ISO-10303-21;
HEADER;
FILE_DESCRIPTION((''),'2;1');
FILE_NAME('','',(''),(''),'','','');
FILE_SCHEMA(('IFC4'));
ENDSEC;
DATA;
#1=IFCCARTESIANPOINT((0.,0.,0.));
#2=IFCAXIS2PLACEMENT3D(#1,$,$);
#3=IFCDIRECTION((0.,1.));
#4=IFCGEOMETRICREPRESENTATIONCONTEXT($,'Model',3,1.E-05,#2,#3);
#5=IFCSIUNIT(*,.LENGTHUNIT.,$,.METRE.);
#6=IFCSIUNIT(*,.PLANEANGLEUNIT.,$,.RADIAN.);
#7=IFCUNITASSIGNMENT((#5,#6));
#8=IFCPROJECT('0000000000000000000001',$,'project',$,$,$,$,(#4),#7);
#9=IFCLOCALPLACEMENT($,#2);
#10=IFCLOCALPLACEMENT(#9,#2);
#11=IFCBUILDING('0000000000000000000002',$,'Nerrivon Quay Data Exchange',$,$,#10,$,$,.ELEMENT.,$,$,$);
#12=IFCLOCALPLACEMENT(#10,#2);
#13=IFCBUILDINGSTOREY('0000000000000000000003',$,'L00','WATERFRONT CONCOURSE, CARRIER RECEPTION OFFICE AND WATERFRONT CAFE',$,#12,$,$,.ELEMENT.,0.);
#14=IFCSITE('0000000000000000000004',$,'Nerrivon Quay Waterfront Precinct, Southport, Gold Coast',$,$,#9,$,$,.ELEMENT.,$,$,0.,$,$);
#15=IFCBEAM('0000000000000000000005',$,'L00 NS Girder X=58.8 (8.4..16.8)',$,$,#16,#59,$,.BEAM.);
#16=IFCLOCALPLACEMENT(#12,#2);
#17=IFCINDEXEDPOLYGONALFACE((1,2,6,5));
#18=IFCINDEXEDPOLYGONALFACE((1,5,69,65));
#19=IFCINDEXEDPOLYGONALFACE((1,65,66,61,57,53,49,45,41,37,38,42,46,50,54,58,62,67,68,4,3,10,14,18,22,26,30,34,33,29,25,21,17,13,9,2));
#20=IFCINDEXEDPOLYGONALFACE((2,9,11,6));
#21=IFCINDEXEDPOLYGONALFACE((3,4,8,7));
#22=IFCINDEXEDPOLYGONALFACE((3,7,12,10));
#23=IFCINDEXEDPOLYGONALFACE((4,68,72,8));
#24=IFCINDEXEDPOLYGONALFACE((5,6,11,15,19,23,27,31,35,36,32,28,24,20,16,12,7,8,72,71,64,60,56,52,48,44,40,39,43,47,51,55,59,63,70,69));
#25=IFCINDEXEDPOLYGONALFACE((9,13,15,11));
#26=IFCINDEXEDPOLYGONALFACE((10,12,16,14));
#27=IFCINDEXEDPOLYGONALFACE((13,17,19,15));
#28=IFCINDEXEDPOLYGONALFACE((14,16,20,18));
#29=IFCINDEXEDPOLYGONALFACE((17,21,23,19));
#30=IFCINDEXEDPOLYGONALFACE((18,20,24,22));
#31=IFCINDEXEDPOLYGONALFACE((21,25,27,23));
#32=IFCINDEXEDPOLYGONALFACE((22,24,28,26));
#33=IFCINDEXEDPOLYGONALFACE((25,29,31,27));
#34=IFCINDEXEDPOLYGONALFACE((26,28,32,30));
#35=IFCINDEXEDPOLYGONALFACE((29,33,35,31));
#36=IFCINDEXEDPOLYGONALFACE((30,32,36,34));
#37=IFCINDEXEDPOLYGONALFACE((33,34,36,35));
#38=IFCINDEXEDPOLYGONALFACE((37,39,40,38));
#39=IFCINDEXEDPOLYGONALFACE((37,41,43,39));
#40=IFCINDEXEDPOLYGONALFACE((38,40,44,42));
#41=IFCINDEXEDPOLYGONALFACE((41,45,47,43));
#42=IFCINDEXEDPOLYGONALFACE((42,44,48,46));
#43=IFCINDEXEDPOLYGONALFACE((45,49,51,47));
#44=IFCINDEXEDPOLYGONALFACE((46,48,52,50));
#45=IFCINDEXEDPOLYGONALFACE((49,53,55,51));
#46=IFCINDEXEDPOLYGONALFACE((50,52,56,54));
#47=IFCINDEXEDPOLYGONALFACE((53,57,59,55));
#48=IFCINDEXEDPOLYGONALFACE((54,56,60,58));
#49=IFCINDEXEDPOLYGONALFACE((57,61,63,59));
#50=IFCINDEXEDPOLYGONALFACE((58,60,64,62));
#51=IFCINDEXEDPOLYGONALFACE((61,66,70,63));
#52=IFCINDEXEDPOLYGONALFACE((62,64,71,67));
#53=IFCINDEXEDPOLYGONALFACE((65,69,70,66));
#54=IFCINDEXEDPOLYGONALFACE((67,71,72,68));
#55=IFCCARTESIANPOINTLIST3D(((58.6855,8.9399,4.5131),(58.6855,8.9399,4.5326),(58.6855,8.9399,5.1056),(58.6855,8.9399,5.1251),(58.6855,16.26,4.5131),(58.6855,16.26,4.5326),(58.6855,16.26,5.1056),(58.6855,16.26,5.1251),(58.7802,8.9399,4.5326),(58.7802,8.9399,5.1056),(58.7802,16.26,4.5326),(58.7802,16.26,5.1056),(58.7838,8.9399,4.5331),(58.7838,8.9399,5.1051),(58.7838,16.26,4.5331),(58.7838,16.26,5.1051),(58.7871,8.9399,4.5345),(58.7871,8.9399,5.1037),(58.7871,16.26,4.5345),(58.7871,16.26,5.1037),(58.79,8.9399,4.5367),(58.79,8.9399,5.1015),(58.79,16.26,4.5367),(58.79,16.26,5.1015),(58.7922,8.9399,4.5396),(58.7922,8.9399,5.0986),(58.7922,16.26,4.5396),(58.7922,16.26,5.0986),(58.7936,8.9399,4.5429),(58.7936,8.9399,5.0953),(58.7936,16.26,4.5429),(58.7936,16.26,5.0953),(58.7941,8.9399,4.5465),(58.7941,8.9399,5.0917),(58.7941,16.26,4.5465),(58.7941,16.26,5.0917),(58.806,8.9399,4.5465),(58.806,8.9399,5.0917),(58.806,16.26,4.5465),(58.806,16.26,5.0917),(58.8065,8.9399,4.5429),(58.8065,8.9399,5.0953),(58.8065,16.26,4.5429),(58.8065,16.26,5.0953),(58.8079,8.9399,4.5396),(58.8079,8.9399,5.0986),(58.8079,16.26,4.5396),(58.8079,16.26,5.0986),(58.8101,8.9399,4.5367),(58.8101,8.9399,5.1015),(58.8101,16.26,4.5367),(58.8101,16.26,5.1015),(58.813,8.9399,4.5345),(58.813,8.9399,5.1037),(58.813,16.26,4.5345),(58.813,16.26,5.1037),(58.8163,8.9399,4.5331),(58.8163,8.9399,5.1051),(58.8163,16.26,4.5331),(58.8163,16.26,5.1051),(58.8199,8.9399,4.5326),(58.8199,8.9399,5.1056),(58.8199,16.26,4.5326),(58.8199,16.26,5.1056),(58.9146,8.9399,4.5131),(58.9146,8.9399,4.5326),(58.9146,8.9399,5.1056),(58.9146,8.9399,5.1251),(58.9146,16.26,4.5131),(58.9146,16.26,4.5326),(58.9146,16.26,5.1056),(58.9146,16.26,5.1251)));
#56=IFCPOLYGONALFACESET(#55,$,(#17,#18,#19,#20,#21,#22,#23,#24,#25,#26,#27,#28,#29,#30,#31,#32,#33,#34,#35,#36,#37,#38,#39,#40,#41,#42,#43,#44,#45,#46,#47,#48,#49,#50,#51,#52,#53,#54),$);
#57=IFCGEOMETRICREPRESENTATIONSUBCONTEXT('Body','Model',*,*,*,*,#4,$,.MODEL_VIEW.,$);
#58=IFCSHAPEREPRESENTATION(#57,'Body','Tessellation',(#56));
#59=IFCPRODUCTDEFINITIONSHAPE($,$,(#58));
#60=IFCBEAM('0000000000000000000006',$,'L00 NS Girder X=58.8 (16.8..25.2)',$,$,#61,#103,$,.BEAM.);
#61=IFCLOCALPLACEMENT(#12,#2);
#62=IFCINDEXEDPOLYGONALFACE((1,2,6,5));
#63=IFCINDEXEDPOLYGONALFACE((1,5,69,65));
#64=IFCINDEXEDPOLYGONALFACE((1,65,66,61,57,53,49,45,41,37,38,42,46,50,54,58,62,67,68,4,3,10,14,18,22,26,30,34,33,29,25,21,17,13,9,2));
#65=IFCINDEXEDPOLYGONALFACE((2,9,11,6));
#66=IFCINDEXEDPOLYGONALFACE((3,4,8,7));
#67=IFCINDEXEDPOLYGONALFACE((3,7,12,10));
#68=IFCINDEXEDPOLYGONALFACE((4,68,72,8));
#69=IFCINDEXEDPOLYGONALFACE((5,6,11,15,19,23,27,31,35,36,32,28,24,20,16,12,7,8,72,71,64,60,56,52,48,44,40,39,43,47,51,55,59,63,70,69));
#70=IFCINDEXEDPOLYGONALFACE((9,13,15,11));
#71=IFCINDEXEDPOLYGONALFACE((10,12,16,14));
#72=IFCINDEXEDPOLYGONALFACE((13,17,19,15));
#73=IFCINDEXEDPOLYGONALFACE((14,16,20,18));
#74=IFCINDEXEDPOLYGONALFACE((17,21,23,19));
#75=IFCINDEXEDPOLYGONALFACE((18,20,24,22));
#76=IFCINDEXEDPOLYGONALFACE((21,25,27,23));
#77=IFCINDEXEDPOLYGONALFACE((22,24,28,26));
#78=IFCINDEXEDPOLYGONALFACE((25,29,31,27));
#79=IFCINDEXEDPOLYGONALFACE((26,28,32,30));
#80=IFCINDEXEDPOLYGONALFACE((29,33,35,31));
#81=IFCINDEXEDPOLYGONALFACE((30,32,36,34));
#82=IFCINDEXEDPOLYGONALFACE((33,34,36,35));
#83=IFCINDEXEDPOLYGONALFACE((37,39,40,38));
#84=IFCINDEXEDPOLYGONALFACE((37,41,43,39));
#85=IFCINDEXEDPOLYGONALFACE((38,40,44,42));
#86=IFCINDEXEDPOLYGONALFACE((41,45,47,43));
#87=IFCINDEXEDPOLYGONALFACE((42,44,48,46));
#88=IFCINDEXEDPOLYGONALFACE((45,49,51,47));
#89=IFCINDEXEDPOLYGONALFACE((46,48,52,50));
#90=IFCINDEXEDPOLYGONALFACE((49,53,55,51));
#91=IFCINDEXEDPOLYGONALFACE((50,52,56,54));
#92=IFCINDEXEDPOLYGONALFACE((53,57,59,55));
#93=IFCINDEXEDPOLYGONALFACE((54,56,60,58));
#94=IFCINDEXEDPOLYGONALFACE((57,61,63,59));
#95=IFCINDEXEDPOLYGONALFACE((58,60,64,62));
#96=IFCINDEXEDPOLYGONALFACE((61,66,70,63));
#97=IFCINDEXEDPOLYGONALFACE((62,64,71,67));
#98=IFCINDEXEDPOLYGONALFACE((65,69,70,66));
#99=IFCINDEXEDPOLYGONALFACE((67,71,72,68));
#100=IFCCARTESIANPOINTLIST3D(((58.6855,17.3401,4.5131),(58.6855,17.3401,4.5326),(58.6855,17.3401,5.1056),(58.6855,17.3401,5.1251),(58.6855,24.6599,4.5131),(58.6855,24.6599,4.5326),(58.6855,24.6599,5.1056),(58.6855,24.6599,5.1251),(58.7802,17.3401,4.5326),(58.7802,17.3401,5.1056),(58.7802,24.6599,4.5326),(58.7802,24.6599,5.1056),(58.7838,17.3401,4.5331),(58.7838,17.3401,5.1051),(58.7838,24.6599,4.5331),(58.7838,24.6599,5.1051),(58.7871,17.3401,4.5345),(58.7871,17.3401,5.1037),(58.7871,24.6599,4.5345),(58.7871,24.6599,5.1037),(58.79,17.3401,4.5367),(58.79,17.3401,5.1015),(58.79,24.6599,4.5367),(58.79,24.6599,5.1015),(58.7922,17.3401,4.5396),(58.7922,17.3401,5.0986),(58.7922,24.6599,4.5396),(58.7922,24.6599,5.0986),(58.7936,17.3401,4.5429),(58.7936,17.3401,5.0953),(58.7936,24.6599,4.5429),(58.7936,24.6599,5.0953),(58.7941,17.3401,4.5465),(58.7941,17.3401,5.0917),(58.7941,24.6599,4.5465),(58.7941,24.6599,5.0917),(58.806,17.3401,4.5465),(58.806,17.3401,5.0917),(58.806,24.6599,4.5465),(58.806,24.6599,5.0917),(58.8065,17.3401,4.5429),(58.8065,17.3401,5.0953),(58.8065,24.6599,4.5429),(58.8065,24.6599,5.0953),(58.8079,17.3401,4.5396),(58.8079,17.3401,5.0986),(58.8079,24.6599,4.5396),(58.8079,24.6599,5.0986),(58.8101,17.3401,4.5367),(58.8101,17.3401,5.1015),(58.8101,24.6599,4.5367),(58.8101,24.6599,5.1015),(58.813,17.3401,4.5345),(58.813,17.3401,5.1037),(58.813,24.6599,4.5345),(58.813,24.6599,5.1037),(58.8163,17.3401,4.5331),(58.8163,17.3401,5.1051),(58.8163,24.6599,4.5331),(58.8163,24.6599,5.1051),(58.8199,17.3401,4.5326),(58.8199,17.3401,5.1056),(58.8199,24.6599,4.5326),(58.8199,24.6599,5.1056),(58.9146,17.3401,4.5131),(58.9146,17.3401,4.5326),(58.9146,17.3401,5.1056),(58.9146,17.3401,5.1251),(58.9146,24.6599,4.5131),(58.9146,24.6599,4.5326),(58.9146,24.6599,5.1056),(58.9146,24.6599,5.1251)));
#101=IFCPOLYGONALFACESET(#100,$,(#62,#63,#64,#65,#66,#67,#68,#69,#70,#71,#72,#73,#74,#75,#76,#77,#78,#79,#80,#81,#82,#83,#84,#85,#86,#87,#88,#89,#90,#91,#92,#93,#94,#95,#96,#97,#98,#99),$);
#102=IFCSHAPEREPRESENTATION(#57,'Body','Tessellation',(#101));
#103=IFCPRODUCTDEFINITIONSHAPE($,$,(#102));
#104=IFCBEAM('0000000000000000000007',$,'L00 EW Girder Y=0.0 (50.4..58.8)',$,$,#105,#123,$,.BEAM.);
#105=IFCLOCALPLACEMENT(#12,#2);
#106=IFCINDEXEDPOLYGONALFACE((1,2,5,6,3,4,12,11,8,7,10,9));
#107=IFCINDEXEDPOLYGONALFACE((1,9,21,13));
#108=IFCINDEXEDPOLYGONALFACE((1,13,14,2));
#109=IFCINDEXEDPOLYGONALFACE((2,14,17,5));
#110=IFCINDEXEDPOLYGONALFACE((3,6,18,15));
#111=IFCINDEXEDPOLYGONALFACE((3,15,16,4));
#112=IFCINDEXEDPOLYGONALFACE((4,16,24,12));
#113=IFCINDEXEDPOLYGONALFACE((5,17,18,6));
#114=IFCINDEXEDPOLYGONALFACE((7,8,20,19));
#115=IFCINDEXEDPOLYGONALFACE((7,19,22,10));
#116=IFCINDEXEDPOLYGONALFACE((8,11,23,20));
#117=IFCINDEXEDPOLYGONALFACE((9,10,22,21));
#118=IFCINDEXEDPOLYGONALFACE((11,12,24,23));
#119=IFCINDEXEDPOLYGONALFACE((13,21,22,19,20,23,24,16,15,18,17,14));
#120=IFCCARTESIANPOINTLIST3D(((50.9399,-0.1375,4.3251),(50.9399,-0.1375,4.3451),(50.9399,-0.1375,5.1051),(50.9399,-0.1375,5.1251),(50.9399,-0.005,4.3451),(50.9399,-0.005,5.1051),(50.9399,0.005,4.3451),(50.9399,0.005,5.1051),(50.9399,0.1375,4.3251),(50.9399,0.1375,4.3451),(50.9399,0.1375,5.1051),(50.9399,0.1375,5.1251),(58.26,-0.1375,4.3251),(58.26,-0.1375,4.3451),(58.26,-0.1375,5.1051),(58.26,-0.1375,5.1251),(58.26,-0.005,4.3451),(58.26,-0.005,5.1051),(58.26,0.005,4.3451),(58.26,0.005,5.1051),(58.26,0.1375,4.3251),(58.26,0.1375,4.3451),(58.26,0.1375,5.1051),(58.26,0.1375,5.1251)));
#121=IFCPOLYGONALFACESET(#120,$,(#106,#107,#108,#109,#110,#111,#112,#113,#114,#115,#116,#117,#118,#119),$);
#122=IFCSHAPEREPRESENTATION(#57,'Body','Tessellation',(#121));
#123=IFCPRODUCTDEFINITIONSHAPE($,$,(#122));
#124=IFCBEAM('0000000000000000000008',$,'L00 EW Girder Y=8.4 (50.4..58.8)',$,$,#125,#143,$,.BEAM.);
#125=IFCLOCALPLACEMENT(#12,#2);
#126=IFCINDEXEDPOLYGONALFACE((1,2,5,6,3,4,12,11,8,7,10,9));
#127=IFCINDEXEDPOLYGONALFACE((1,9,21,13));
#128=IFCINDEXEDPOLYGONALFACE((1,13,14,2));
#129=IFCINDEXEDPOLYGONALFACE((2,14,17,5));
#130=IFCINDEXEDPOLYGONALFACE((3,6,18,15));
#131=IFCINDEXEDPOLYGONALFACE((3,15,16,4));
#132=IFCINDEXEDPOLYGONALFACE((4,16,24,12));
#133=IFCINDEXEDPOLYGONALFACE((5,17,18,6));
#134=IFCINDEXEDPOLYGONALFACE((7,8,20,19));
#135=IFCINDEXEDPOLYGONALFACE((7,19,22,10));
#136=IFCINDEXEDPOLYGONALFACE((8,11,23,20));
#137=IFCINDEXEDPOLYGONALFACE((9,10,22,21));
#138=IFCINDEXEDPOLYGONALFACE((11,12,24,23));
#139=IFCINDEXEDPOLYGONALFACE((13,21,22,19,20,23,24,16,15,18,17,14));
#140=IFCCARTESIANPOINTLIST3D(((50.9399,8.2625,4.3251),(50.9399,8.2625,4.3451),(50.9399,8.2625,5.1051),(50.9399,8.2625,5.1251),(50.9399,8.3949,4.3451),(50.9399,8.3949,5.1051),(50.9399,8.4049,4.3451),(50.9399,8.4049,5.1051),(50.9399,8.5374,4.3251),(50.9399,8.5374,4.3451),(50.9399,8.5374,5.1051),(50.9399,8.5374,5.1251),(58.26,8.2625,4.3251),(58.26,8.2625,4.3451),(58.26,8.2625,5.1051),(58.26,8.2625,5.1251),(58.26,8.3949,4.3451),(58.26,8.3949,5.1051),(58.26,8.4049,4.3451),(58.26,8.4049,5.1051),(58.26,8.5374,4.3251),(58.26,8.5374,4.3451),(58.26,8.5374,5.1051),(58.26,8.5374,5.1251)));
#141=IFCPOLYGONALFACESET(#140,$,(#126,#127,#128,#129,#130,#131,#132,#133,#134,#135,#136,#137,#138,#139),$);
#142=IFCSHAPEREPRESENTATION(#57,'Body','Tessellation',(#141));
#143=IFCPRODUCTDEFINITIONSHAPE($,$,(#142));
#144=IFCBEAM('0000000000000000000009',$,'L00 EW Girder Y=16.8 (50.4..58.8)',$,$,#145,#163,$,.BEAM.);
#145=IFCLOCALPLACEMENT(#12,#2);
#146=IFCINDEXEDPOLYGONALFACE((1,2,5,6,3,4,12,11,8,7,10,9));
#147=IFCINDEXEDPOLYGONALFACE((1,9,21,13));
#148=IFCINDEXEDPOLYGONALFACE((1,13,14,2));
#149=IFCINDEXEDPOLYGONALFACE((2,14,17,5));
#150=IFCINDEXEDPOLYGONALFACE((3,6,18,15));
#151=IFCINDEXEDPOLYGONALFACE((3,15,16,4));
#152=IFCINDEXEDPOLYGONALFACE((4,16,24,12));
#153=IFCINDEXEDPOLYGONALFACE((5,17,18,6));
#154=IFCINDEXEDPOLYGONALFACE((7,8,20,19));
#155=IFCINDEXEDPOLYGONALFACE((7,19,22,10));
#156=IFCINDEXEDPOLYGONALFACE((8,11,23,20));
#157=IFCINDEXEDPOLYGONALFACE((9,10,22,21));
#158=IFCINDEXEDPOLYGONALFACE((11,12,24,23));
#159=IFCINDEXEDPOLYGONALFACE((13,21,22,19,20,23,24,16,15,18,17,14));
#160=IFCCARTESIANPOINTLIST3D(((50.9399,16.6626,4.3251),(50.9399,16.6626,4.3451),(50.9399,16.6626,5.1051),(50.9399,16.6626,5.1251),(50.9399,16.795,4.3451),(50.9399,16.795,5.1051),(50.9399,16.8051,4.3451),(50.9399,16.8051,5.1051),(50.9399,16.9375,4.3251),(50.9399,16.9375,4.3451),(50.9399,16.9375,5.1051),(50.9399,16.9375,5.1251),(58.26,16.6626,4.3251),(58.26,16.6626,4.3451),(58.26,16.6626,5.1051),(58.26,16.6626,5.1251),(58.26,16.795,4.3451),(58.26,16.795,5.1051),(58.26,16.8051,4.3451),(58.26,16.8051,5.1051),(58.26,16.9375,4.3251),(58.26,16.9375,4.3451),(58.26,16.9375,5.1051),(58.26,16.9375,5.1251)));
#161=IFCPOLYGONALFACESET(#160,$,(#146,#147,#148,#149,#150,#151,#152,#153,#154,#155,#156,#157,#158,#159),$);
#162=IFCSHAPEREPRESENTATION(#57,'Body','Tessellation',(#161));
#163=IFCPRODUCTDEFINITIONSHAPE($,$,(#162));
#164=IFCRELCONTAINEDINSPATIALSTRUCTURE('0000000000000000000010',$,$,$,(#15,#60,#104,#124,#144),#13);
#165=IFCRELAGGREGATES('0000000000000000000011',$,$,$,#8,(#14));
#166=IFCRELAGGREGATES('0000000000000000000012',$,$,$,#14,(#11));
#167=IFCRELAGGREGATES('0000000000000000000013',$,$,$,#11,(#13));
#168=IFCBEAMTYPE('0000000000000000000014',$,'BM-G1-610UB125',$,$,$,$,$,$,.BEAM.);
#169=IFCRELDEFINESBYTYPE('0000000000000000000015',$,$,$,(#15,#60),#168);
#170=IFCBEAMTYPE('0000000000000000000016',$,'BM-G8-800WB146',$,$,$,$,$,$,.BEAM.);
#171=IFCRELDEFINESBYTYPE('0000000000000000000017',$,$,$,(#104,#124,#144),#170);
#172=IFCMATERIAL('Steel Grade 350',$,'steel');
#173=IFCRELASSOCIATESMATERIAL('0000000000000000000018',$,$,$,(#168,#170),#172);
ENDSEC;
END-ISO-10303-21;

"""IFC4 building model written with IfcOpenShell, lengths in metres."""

from ifc_helpers import new_model, si_unit, direction, frame, origin, origin_2d, place, context, subcontext, project, spatial, i_section, extrude, material, material_profile, profile_set, type_object, element, save


model = new_model("IFC4")

# Units and contexts
model_context = context("Model", 3, precision=1e-05, world=origin(), true_north=direction((0.0, 1.0)))
body_context = subcontext(model_context, "Body", "Model", "MODEL_VIEW")
ifc_project = project(units=[si_unit("LENGTHUNIT", "METRE"), si_unit("PLANEANGLEUNIT", "RADIAN")], contexts=[model_context])

# Site, building, storey
site_placement = place(None, origin())
site = spatial("IfcSite", under=ifc_project, at=site_placement, Name="Nerrivon Quay Waterfront Precinct, Southport, Gold Coast", CompositionType="ELEMENT", RefElevation=0.0)
building_placement = place(site_placement, origin())
building = spatial("IfcBuilding", under=site, at=building_placement, Name="Nerrivon Quay Data Exchange", CompositionType="ELEMENT")
storey_placement = place(building_placement, origin())
storey = spatial("IfcBuildingStorey", under=building, at=storey_placement, Name="L00", Description="WATERFRONT CONCOURSE, CARRIER RECEPTION OFFICE AND WATERFRONT CAFE", CompositionType="ELEMENT", Elevation=0.0)

# Beams
ifc_material_1 = material(Name="Steel Grade 350", Category="steel")
ifc_material_profile_1 = material_profile(ifc_material_1, i_section(OverallWidth=0.229, OverallDepth=0.6121, WebThickness=0.012, FlangeThickness=0.0195, FilletRadius=0.0139, at=origin_2d()), Name="610UB125")
ifc_profile_set_1 = profile_set([ifc_material_profile_1], Name="Steel Grade 350")
beam_type_1 = type_object("IfcBeamType", Name="BM-G1-610UB125", PredefinedType="BEAM", material=ifc_profile_set_1)
for number, where, z_axis, x_axis, name in (
    (1, (58.8, 8.9399, 4.8191), (0.0, 1.0, 0.0), (-1.0, 0.0, 0.0), "L00 NS Girder X=58.8 (8.4..16.8)"),
):
    element("IfcBeam", number, at=place(storey_placement, frame(where, z_axis=z_axis, x_axis=x_axis)), inside=storey, type_object=beam_type_1, Name=name, PredefinedType="BEAM", context=body_context, shape_type="SweptSolid", body=[
        extrude(i_section(OverallWidth=0.229, OverallDepth=0.6121, WebThickness=0.012, FlangeThickness=0.0195, FilletRadius=0.0139, at=origin_2d()), origin(), (0.0, 0.0, 1.0), 7.3201),
    ])
beam_1_placement = place(storey_placement, frame((58.8, 17.3401, 4.8191), z_axis=(0.0, 1.0, 0.0), x_axis=(-1.0, 0.0, 0.0)))
element("IfcBeam", 2, at=beam_1_placement, inside=storey, type_object=beam_type_1, Name="L00 NS Girder X=58.8 (16.8..25.2)", PredefinedType="BEAM", context=body_context, shape_type="SweptSolid", body=[
    extrude(i_section(OverallWidth=0.229, OverallDepth=0.6121, WebThickness=0.012, FlangeThickness=0.0195, FilletRadius=0.0139, at=origin_2d()), origin(), (0.0, 0.0, 1.0), 7.3198),
])
ifc_material_profile_2 = material_profile(ifc_material_1, i_section(OverallWidth=0.2749, OverallDepth=0.8, WebThickness=0.01, FlangeThickness=0.02, at=origin_2d()), Name="800WB146")
ifc_profile_set_2 = profile_set([ifc_material_profile_2], Name="Steel Grade 350")
beam_type_2 = type_object("IfcBeamType", Name="BM-G8-800WB146", PredefinedType="BEAM", material=ifc_profile_set_2)
for number, where, z_axis, x_axis, name in (
    (3, (50.9399, 0.0, 4.7251), (1.0, 0.0, 0.0), (0.0, 1.0, 0.0), "L00 EW Girder Y=0.0 (50.4..58.8)"),
    (4, (50.9399, 8.3999, 4.7251), (1.0, 0.0, 0.0), (0.0, 1.0, 0.0), "L00 EW Girder Y=8.4 (50.4..58.8)"),
    (5, (50.9399, 16.8, 4.7251), (1.0, 0.0, 0.0), (0.0, 1.0, 0.0), "L00 EW Girder Y=16.8 (50.4..58.8)"),
):
    element("IfcBeam", number, at=place(storey_placement, frame(where, z_axis=z_axis, x_axis=x_axis)), inside=storey, type_object=beam_type_2, Name=name, PredefinedType="BEAM", context=body_context, shape_type="SweptSolid", body=[
        extrude(i_section(OverallWidth=0.2749, OverallDepth=0.8, WebThickness=0.01, FlangeThickness=0.02, at=origin_2d()), origin(), (0.0, 0.0, 1.0), 7.3201),
    ])

save(model, "model.ifc")
